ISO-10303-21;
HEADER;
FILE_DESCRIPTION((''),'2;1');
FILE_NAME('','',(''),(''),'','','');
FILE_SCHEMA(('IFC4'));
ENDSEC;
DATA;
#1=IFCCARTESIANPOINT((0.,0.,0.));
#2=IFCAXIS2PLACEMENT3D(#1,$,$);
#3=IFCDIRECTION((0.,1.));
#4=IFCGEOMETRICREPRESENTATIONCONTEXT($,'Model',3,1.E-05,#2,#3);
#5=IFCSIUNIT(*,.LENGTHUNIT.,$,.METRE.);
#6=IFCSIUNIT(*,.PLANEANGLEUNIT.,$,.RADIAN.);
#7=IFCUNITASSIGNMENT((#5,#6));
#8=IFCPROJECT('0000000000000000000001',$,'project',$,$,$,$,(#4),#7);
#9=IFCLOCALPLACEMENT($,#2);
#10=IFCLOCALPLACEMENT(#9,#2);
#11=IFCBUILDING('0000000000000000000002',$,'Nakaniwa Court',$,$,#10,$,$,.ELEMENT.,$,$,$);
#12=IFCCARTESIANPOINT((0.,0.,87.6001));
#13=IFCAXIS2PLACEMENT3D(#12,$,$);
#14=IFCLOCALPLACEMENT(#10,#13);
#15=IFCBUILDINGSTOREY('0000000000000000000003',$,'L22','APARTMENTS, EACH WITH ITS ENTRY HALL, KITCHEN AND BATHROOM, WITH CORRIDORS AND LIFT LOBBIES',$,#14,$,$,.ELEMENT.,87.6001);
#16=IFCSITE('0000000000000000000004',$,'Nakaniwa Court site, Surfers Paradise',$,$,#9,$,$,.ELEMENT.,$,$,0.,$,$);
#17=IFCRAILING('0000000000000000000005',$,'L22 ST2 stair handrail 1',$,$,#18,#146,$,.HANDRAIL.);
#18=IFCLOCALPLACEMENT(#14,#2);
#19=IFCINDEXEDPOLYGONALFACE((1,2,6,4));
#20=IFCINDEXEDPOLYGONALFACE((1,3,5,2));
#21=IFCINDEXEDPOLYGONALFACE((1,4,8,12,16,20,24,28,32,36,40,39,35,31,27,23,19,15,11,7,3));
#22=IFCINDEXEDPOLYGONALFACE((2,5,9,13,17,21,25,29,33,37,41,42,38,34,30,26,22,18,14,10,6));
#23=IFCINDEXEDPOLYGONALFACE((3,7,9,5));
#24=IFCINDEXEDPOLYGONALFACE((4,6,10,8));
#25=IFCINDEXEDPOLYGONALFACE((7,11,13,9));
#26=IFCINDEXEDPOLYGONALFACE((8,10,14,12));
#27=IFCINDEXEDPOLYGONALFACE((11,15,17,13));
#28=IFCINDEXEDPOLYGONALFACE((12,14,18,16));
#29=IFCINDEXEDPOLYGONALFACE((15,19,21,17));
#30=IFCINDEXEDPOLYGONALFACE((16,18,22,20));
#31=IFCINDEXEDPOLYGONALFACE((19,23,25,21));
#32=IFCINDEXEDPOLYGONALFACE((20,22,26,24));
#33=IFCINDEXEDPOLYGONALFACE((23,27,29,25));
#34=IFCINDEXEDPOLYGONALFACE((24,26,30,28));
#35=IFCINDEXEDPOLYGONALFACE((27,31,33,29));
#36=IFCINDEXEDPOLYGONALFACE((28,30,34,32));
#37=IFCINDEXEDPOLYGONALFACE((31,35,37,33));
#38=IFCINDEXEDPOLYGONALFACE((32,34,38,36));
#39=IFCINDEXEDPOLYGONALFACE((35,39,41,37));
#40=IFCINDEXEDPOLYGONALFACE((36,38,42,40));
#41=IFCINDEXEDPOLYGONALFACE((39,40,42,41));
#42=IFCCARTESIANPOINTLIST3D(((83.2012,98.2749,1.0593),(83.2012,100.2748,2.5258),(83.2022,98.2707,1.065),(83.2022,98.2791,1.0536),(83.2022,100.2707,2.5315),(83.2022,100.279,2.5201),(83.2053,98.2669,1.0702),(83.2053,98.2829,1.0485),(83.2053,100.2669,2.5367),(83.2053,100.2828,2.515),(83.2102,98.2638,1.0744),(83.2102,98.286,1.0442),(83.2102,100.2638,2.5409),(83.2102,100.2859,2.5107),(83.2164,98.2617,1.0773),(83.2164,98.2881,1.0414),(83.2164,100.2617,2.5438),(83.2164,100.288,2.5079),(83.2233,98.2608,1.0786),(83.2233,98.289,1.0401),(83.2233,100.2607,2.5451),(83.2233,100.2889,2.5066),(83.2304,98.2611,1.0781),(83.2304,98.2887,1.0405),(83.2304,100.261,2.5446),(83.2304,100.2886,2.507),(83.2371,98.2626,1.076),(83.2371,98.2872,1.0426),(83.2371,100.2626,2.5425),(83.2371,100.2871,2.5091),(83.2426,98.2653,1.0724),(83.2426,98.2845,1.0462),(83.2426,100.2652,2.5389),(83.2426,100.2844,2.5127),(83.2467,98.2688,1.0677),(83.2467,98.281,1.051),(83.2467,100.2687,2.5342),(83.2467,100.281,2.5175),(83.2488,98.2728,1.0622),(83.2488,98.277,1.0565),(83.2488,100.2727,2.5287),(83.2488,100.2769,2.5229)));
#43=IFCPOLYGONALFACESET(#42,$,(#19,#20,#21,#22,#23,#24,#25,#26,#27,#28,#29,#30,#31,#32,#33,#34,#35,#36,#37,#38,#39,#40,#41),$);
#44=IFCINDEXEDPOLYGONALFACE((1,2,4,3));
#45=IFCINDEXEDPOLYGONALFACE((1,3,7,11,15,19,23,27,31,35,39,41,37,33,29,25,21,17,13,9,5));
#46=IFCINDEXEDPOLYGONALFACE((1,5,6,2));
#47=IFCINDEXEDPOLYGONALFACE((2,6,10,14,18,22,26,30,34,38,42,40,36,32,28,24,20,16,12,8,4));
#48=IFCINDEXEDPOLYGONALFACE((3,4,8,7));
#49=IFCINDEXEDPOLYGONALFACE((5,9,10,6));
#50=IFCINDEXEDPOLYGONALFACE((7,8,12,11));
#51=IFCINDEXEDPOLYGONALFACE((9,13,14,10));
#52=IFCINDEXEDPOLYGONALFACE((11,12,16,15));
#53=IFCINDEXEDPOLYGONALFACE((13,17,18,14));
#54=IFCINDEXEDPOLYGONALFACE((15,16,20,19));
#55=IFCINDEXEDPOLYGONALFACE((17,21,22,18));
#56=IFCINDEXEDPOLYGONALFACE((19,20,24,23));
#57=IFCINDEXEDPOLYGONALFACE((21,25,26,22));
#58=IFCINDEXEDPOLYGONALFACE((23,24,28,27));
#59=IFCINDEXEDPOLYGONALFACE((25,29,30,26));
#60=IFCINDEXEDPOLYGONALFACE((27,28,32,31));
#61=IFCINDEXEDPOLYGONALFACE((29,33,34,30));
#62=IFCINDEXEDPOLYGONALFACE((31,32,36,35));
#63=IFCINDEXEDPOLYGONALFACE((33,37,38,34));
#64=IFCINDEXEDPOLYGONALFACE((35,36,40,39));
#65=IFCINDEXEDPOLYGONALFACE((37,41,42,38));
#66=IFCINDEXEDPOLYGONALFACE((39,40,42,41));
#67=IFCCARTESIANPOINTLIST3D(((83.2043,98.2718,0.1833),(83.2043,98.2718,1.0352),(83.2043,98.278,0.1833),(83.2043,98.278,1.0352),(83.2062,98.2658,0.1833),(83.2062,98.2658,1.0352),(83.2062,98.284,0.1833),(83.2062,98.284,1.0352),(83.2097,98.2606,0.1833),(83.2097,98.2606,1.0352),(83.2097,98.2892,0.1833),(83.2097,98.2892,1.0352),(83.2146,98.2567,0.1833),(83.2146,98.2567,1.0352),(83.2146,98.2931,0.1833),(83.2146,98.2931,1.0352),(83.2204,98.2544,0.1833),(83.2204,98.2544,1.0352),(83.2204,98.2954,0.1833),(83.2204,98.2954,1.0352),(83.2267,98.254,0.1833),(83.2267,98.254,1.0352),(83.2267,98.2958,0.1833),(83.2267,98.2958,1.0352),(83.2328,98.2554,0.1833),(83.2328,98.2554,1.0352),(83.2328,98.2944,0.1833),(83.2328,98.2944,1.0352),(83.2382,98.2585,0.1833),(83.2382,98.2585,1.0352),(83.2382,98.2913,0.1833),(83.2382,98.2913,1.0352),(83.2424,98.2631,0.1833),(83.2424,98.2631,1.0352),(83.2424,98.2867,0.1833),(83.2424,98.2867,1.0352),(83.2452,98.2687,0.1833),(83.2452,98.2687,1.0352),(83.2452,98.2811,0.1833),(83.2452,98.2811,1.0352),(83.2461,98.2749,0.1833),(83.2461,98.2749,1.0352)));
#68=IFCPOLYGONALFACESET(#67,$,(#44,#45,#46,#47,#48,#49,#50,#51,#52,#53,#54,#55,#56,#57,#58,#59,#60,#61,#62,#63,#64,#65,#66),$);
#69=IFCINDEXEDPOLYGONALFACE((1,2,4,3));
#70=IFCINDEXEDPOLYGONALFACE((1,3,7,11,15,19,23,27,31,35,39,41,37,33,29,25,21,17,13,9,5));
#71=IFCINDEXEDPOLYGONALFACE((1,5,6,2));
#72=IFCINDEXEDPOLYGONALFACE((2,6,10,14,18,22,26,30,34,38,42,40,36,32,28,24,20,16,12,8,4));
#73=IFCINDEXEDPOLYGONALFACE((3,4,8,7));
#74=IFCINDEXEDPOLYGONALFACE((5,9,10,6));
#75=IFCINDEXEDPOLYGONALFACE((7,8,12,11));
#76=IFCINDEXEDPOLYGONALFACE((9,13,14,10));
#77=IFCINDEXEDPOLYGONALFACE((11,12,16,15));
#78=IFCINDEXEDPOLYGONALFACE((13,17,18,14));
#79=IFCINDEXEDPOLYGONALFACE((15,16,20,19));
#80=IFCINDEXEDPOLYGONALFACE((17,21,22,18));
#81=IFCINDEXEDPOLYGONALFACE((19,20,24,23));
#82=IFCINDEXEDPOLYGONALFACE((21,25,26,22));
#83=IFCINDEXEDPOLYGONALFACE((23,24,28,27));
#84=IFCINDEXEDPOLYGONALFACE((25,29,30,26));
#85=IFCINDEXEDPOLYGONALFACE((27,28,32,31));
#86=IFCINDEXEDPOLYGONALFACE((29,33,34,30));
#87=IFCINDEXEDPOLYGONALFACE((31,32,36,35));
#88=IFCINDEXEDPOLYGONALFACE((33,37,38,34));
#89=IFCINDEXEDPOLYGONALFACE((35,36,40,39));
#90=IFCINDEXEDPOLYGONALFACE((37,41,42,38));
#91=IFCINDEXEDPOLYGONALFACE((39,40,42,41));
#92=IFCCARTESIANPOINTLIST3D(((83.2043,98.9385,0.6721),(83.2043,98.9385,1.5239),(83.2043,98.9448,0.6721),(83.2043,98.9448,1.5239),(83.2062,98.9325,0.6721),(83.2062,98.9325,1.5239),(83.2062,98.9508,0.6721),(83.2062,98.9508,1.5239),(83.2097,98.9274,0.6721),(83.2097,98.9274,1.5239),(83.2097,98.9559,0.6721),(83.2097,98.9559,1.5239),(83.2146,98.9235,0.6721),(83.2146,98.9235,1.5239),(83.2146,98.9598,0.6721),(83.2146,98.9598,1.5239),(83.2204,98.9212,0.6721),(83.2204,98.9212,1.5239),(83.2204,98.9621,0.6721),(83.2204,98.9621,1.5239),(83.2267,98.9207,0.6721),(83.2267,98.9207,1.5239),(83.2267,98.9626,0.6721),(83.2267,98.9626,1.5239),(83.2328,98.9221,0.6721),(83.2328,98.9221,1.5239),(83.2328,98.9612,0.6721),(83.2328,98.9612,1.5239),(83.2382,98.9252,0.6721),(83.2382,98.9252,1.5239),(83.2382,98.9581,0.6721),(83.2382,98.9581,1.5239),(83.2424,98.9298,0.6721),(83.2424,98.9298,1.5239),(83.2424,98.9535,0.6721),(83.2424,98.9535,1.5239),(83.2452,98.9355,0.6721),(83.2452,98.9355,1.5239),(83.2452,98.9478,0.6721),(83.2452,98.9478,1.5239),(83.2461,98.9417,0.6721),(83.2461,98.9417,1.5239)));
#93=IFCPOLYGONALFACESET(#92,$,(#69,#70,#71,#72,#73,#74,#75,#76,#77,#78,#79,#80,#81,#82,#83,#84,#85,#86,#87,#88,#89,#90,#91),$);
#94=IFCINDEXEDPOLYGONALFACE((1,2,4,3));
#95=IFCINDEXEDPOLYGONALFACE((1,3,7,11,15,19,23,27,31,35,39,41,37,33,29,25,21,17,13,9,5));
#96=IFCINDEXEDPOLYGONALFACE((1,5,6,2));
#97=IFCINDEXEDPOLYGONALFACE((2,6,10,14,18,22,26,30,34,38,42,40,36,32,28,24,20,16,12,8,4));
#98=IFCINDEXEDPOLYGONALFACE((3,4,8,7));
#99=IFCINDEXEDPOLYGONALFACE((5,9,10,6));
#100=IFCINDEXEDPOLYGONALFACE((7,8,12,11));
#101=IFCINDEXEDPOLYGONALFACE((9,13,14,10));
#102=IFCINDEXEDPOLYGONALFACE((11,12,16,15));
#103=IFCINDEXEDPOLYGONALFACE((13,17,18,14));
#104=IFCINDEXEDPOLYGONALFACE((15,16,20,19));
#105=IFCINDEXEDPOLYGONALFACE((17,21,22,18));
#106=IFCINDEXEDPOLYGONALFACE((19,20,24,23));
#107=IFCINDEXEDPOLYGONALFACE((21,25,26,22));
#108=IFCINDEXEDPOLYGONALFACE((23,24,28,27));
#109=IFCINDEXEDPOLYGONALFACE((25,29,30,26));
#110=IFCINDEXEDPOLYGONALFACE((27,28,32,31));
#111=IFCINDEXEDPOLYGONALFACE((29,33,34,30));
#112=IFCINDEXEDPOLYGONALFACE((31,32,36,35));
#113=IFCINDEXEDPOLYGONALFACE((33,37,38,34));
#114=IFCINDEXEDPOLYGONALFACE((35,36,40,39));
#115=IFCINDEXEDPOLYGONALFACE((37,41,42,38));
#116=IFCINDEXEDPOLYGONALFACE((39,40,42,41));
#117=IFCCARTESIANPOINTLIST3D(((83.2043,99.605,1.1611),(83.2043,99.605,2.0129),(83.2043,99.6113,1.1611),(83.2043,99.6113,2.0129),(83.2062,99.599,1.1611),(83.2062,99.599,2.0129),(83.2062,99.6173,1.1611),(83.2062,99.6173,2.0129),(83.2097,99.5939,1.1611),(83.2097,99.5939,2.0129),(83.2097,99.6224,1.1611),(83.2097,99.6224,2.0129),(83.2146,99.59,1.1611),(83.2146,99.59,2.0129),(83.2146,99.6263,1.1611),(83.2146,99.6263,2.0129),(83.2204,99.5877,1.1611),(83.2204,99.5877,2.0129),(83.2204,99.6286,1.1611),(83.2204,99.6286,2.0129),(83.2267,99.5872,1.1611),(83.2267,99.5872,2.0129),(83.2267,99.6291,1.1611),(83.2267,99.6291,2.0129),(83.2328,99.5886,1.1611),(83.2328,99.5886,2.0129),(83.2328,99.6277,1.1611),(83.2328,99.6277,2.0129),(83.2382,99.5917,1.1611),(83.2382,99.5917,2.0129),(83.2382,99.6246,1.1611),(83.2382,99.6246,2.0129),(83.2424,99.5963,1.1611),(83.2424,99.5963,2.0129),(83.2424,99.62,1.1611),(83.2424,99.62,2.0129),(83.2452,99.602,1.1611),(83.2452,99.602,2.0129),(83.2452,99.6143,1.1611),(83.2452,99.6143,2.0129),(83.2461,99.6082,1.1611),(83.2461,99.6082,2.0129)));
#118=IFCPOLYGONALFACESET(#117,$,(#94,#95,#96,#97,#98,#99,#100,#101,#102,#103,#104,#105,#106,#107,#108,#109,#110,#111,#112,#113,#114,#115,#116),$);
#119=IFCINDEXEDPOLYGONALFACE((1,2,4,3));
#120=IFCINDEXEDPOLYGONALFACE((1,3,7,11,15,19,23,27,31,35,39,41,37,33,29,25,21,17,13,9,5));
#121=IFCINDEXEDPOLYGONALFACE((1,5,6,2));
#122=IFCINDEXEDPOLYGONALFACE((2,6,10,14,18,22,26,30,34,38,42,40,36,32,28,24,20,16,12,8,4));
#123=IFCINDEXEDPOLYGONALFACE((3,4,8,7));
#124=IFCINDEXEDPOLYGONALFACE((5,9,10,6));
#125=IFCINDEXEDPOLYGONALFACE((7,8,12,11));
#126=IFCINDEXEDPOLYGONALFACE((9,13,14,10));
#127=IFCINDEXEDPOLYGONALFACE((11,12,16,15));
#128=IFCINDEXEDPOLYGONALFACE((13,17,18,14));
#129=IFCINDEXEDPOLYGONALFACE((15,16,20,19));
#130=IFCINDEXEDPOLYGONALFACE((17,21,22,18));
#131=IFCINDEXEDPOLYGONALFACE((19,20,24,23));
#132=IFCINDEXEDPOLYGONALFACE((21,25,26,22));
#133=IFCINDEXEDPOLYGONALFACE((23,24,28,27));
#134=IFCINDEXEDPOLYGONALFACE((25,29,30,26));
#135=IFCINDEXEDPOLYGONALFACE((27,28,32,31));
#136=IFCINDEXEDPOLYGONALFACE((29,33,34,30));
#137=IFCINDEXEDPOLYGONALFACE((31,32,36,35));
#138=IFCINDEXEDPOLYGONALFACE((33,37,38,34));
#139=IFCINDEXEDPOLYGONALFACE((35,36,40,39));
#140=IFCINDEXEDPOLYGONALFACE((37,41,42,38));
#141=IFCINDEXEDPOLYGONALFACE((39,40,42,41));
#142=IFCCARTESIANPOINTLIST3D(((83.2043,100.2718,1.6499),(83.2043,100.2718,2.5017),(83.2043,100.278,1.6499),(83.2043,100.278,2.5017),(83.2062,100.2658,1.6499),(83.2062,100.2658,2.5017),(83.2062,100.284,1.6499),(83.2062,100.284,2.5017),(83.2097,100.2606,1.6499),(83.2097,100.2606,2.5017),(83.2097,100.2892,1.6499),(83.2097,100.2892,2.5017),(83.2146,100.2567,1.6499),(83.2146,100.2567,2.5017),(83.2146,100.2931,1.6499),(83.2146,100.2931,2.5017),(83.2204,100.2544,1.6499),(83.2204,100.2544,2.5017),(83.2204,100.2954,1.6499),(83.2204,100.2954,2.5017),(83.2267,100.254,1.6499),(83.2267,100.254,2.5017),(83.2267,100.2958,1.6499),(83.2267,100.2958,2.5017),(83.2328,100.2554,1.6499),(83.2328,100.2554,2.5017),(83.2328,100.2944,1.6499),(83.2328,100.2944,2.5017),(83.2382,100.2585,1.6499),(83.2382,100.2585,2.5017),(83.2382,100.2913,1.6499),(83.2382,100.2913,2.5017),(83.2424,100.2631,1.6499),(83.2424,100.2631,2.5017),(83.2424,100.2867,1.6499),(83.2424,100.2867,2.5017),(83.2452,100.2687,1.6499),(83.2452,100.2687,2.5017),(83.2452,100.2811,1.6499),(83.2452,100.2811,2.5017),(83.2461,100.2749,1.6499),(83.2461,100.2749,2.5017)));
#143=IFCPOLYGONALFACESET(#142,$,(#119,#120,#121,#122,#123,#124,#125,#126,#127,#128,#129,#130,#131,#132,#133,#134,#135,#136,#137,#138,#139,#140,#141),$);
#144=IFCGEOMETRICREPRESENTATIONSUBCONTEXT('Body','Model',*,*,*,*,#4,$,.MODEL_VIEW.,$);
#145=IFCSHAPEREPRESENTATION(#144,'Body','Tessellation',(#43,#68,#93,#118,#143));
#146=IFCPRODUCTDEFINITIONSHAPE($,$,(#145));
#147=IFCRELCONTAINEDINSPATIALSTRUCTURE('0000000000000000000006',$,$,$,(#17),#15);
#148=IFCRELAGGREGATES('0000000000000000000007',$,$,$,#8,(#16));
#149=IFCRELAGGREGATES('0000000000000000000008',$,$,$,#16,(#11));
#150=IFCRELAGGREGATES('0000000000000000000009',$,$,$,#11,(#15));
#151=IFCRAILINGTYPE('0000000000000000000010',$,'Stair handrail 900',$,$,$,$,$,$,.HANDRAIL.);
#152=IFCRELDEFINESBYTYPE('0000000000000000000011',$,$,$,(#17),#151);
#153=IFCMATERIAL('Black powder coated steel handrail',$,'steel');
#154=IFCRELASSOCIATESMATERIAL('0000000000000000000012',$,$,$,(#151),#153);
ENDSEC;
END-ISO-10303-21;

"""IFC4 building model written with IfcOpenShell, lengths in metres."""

from ifc_helpers import new_model, si_unit, direction, frame, origin, origin_2d, place, context, subcontext, project, spatial, circle, extrude, material, type_object, element, save


model = new_model("IFC4")

# Units and contexts
model_context = context("Model", 3, precision=1e-05, world=origin(), true_north=direction((0.0, 1.0)))
body_context = subcontext(model_context, "Body", "Model", "MODEL_VIEW")
ifc_project = project(units=[si_unit("LENGTHUNIT", "METRE"), si_unit("PLANEANGLEUNIT", "RADIAN")], contexts=[model_context])

# Site, building, storey
site_placement = place(None, origin())
site = spatial("IfcSite", under=ifc_project, at=site_placement, Name="Nakaniwa Court site, Surfers Paradise", CompositionType="ELEMENT", RefElevation=0.0)
building_placement = place(site_placement, origin())
building = spatial("IfcBuilding", under=site, at=building_placement, Name="Nakaniwa Court", CompositionType="ELEMENT")
storey_placement = place(building_placement, frame((0.0, 0.0, 87.6001)))
storey = spatial("IfcBuildingStorey", under=building, at=storey_placement, Name="L22", Description="APARTMENTS, EACH WITH ITS ENTRY HALL, KITCHEN AND BATHROOM, WITH CORRIDORS AND LIFT LOBBIES", CompositionType="ELEMENT", Elevation=87.6001)

# Railing
ifc_material_1 = material(Name="Black powder coated steel handrail", Category="steel")
railing_type_1 = type_object("IfcRailingType", Name="Stair handrail 900", PredefinedType="HANDRAIL", material=ifc_material_1)
railing_1_placement = place(storey_placement, frame((83.2251, 98.2749, 0.1833)))
element("IfcRailing", 1, at=railing_1_placement, inside=storey, type_object=railing_type_1, Name="L22 ST2 stair handrail 1", PredefinedType="HANDRAIL", context=body_context, shape_type="SweptSolid", body=[
    extrude(circle(Radius=0.0239, at=origin_2d()), frame((0.0, 0.0, 0.876), z_axis=(0.0, 0.806427, 0.591334), x_axis=(-1.0, 0.0, 0.0)), (0.0, 0.0, 1.0), 2.48),
    extrude(circle(Radius=0.021, at=origin_2d()), origin(), (0.0, 0.0, 1.0), 0.8518),
    extrude(circle(Radius=0.021, at=origin_2d()), frame((0.0, 0.6667, 0.4888)), (0.0, 0.0, 1.0), 0.8518),
    extrude(circle(Radius=0.021, at=origin_2d()), frame((0.0, 1.3333, 0.9778)), (0.0, 0.0, 1.0), 0.8518),
    extrude(circle(Radius=0.021, at=origin_2d()), frame((0.0, 2.0, 1.4666)), (0.0, 0.0, 1.0), 0.8518),
])

save(model, "model.ifc")
